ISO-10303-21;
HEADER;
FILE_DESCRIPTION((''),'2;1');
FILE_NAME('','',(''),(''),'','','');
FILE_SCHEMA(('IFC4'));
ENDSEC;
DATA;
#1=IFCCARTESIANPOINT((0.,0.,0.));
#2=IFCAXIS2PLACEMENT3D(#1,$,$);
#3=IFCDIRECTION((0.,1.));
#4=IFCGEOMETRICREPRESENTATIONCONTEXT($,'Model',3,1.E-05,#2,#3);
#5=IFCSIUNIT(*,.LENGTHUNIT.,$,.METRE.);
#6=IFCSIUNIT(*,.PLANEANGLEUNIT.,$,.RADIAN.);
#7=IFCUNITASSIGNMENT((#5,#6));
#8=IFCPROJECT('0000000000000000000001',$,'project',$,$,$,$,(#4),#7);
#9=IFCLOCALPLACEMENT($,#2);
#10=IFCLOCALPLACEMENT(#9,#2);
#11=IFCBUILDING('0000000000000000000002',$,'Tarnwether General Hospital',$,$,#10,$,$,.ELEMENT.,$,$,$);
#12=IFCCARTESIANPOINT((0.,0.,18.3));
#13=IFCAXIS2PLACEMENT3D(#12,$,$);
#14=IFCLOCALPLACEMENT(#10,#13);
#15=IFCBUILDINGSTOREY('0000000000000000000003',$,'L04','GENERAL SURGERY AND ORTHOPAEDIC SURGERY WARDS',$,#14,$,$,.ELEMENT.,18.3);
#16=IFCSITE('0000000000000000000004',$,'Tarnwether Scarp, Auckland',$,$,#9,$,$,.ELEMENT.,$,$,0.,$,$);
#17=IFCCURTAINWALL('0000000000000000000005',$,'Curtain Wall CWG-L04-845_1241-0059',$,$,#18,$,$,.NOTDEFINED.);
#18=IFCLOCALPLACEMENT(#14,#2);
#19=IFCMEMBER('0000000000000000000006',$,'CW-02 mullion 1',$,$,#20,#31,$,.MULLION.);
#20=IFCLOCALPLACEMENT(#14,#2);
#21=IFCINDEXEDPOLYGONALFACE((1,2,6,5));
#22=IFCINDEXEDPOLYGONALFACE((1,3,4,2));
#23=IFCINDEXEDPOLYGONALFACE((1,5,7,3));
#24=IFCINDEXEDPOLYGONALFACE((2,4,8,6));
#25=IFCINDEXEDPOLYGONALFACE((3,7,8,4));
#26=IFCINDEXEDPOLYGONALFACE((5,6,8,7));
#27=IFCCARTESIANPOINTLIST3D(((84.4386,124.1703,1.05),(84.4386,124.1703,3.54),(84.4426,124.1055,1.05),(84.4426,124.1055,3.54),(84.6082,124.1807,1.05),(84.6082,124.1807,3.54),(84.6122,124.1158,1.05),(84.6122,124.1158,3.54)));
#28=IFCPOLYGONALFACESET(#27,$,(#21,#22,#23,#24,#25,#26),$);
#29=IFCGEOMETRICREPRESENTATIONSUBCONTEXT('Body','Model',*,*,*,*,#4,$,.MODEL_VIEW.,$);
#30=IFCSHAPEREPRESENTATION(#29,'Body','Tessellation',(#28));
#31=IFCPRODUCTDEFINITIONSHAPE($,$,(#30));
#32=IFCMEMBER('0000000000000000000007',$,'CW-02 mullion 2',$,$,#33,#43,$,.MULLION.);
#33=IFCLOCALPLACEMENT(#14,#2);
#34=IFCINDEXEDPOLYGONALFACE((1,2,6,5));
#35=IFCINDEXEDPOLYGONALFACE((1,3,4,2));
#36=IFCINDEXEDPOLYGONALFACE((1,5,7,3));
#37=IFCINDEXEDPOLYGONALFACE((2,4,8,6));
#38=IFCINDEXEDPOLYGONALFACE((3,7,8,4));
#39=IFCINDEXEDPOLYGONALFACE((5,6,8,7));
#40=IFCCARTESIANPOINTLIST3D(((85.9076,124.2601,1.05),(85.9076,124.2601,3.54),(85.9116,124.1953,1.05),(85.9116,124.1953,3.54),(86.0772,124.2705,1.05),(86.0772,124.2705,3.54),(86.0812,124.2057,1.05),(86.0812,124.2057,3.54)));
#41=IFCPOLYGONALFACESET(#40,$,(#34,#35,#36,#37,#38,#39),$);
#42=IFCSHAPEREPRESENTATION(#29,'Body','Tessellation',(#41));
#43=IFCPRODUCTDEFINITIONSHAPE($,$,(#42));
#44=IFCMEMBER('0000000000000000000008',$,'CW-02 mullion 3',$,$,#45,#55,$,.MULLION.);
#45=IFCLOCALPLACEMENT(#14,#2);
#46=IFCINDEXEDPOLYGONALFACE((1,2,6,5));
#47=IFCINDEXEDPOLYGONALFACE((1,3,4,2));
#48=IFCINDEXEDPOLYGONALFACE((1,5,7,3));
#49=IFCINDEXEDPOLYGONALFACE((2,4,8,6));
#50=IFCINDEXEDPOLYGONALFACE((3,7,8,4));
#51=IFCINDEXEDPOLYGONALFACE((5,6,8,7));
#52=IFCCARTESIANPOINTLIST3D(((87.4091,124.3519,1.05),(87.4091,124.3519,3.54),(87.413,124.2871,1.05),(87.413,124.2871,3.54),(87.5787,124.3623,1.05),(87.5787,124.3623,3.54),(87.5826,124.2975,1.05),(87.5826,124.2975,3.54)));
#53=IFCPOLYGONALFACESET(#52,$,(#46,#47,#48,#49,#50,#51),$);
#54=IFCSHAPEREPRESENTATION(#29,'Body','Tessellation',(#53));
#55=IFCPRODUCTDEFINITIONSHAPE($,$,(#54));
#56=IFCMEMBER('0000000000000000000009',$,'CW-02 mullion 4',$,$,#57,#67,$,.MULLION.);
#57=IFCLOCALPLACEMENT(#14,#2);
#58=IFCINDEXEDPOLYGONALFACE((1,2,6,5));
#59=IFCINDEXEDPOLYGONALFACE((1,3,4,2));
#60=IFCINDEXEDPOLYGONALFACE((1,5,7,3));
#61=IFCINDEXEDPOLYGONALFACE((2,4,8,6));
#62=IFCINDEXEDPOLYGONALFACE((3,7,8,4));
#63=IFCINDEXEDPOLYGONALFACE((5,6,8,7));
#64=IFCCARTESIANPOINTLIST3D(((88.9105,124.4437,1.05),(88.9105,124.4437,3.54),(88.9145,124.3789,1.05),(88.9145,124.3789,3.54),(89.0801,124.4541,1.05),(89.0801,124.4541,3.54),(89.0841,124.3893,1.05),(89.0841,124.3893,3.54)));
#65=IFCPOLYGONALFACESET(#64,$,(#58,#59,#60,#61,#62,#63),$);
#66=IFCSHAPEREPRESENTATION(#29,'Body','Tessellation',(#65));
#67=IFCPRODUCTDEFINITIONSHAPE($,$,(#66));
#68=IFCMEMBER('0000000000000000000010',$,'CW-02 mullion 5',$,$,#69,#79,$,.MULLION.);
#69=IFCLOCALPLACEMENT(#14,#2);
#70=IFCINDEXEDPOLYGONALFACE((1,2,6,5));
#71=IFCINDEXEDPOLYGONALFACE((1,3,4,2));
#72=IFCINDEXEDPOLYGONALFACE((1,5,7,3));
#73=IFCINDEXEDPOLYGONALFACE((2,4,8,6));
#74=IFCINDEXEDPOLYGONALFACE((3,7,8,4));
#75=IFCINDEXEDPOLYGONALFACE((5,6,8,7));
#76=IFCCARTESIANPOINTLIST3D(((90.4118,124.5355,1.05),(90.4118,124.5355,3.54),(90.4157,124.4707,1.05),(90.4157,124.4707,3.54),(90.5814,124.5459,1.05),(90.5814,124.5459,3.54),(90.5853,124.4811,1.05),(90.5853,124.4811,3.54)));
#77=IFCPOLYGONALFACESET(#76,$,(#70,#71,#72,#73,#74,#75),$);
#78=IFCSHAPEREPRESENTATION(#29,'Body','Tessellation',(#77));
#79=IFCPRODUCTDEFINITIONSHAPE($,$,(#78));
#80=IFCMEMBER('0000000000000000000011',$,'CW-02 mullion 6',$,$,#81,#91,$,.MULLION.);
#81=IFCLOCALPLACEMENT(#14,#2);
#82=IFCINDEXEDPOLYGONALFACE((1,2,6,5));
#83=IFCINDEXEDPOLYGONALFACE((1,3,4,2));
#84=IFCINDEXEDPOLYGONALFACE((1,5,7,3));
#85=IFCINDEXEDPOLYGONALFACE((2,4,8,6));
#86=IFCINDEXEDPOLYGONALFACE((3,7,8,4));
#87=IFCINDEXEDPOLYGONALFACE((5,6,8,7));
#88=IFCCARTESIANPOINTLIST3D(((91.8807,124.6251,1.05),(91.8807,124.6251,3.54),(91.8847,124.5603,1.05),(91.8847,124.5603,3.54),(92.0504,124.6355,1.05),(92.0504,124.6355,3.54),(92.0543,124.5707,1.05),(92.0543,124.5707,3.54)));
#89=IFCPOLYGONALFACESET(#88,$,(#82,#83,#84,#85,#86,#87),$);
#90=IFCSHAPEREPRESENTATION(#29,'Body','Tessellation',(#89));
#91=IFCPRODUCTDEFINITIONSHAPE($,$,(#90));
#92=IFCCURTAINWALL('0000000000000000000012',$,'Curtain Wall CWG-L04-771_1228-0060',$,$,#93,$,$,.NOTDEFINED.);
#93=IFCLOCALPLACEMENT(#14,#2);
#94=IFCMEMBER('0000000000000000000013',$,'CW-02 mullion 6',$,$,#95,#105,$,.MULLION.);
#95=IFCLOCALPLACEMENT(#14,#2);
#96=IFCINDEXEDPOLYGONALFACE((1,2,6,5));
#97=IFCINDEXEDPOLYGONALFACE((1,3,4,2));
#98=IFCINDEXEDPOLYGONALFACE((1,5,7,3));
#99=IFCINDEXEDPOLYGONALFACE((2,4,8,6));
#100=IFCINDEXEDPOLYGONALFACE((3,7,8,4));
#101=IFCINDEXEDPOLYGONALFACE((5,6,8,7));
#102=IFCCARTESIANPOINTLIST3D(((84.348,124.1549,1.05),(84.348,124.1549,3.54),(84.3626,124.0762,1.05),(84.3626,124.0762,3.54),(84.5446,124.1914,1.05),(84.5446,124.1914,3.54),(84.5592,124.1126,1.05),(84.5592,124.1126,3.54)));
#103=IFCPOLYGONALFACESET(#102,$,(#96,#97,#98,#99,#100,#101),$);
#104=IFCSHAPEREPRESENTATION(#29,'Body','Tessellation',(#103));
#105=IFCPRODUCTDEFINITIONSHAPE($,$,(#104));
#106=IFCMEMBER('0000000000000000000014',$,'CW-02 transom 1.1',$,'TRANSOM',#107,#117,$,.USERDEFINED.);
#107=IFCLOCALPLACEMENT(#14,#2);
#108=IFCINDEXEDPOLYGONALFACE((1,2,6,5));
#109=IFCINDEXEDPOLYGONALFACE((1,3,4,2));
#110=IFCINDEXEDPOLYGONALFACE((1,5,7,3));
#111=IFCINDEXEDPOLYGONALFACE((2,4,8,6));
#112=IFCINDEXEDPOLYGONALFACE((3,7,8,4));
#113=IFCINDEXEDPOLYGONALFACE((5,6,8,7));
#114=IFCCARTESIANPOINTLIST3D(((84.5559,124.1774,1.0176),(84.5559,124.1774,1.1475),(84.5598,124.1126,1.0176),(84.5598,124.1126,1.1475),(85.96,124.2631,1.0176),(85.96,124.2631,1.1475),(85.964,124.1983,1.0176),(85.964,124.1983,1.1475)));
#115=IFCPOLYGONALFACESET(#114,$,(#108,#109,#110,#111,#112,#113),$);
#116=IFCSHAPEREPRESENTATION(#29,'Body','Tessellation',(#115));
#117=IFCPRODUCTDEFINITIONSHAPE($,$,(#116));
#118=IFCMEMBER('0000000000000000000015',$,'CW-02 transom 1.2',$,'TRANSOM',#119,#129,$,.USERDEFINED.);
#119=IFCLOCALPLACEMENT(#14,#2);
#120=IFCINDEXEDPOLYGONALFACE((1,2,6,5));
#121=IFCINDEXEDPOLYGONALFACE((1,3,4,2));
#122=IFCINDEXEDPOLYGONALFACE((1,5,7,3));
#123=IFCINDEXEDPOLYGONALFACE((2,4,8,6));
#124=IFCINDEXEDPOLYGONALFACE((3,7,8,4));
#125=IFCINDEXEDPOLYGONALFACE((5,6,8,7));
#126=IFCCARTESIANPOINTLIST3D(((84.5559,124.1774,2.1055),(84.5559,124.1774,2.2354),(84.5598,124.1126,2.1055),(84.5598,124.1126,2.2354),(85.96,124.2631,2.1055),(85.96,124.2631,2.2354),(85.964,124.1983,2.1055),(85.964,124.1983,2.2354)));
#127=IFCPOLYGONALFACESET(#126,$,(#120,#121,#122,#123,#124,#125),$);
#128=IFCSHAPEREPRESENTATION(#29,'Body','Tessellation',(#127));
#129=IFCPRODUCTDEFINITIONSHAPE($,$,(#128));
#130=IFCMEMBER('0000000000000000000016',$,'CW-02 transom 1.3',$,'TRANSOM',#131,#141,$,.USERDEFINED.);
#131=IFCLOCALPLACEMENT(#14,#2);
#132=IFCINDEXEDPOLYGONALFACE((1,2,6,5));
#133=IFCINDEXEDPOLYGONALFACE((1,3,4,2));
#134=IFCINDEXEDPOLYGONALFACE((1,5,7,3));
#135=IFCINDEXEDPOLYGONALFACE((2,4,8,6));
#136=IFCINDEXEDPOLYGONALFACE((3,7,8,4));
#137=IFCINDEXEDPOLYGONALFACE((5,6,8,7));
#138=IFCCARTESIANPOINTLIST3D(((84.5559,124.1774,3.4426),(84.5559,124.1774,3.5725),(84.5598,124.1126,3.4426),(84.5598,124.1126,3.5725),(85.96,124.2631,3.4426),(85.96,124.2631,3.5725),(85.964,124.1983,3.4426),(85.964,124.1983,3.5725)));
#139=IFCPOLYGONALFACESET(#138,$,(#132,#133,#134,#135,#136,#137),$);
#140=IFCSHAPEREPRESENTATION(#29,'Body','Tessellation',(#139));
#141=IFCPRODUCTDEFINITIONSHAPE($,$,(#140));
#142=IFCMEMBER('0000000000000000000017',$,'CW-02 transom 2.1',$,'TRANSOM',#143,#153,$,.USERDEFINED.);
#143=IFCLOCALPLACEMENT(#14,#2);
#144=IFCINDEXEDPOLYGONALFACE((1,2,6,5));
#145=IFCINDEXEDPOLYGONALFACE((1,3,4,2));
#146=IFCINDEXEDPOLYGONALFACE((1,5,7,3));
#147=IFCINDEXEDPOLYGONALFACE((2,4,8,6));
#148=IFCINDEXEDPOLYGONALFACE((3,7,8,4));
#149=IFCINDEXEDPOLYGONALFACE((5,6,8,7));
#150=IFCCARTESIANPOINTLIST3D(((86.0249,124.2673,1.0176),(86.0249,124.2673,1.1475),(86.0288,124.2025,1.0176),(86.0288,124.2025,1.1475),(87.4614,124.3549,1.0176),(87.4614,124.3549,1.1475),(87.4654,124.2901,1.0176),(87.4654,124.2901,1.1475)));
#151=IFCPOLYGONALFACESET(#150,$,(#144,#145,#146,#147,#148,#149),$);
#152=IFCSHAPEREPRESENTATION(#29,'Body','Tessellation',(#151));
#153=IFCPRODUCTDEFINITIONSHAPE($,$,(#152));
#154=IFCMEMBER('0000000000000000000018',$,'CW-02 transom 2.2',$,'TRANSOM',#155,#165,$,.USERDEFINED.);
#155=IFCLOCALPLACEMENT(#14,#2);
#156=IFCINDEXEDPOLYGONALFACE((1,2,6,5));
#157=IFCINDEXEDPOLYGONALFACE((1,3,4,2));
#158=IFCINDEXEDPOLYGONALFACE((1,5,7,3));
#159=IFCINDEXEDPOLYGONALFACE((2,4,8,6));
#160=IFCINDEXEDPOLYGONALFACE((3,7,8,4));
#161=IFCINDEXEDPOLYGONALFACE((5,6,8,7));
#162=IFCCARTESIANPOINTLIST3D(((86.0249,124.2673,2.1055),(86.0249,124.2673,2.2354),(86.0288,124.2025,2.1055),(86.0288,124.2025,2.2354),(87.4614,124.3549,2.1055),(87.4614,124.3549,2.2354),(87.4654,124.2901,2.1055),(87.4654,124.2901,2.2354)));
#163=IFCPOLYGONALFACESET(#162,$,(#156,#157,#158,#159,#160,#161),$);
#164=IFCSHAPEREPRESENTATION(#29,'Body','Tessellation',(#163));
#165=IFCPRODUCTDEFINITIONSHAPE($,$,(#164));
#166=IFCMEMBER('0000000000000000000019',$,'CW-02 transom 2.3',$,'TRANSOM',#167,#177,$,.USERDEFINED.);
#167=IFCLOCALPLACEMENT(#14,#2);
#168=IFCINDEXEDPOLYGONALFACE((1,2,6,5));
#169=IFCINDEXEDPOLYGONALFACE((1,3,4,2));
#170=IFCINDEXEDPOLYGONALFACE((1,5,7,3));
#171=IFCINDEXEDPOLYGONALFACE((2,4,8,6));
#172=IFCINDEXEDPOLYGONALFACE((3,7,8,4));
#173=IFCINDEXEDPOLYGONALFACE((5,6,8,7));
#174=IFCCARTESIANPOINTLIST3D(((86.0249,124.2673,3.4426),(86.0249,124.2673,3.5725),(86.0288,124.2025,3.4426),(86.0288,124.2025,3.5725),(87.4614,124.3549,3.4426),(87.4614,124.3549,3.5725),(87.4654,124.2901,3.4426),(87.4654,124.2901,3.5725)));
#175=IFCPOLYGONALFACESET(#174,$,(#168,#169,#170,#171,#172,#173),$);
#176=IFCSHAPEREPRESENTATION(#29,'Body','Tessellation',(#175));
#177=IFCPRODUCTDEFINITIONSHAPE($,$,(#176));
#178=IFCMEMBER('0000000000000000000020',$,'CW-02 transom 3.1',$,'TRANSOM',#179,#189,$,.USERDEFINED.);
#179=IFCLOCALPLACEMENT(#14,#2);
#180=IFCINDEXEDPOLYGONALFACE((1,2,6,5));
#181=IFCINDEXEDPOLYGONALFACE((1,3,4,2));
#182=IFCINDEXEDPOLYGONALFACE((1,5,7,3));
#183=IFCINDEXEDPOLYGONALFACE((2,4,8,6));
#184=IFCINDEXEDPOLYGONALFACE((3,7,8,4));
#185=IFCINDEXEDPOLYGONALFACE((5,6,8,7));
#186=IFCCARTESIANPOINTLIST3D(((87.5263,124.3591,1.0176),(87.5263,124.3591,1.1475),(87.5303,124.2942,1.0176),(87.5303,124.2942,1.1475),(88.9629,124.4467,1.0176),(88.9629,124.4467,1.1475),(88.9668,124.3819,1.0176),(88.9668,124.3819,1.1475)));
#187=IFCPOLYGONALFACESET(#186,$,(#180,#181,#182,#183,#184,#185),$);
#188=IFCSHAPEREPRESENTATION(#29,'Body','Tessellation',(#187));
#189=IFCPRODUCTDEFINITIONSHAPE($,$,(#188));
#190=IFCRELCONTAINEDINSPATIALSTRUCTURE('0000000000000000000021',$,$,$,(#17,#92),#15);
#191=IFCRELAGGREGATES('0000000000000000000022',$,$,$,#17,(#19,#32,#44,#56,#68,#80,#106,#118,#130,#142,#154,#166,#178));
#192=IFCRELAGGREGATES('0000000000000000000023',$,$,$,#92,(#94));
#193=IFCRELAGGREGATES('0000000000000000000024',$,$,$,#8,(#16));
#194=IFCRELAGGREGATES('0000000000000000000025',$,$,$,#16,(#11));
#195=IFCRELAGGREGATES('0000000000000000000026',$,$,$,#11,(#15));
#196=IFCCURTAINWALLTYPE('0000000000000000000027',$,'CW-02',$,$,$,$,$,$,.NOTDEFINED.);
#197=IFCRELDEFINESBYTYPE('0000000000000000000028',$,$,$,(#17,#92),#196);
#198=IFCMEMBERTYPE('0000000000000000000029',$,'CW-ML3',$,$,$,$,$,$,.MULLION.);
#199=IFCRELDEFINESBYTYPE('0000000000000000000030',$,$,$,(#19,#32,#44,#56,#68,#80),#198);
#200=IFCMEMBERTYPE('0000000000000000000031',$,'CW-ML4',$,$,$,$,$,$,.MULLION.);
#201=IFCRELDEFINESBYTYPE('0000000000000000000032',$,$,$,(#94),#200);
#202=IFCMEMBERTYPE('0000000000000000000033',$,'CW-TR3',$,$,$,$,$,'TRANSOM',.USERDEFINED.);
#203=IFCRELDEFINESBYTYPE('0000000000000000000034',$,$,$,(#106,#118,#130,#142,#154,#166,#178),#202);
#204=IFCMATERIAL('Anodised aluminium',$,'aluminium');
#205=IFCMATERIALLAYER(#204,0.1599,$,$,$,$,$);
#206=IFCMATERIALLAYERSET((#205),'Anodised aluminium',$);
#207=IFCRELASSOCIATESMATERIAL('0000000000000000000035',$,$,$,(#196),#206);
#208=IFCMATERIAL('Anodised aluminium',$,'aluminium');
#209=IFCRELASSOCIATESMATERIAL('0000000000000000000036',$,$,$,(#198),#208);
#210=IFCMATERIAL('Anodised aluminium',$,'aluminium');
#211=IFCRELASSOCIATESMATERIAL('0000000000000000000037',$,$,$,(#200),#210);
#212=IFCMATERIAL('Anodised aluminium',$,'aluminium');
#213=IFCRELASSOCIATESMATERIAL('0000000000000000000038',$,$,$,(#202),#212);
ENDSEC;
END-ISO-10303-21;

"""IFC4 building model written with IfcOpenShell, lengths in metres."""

from ifc_helpers import new_model, si_unit, direction, frame, origin, origin_2d, place, context, subcontext, project, spatial, rectangle, extrude, material, layer, layer_set, material_profile, profile_set, type_object, element, aggregate, save


model = new_model("IFC4")

# Units and contexts
model_context = context("Model", 3, precision=1e-05, world=origin(), true_north=direction((0.0, 1.0)))
body_context = subcontext(model_context, "Body", "Model", "MODEL_VIEW")
ifc_project = project(units=[si_unit("LENGTHUNIT", "METRE"), si_unit("PLANEANGLEUNIT", "RADIAN")], contexts=[model_context])

# Site, building, storey
site_placement = place(None, origin())
site = spatial("IfcSite", under=ifc_project, at=site_placement, Name="Tarnwether Scarp, Auckland", CompositionType="ELEMENT", RefElevation=0.0)
building_placement = place(site_placement, origin())
building = spatial("IfcBuilding", under=site, at=building_placement, Name="Tarnwether General Hospital", CompositionType="ELEMENT")
storey_placement = place(building_placement, frame((0.0, 0.0, 18.3)))
storey = spatial("IfcBuildingStorey", under=building, at=storey_placement, Name="L04", Description="GENERAL SURGERY AND ORTHOPAEDIC SURGERY WARDS", CompositionType="ELEMENT", Elevation=18.3)

# Curtain wall, members
ifc_material_1 = material(Name="Anodised aluminium", Category="aluminium")
ifc_layer_1 = layer(ifc_material_1, 0.1599)
ifc_layer_set_1 = layer_set([ifc_layer_1], Name="Anodised aluminium")
curtain_wall_type = type_object("IfcCurtainWallType", Name="CW-02", PredefinedType="NOTDEFINED", material=ifc_layer_set_1)
curtain_wall_1_placement = place(storey_placement, origin())
curtain_wall_1 = element("IfcCurtainWall", 1, at=curtain_wall_1_placement, inside=storey, type_object=curtain_wall_type, Name="Curtain Wall CWG-L04-845_1241-0059", PredefinedType="NOTDEFINED")
ifc_material_2 = material(Name="Anodised aluminium", Category="aluminium")
ifc_material_profile_1 = material_profile(ifc_material_2, rectangle(XDim=0.0649, YDim=0.1699, at=origin_2d()), Name="ALU-MUL-65x170")
ifc_profile_set_1 = profile_set([ifc_material_profile_1], Name="Anodised aluminium")
member_type_1 = type_object("IfcMemberType", Name="CW-ML3", PredefinedType="MULLION", material=ifc_profile_set_1)
member_1_placement = place(storey_placement, frame((84.5254, 124.1431, 1.05), z_axis=(0.0, 0.0, 1.0), x_axis=(-0.061029, 0.998136, 0.0)))
member_1 = element("IfcMember", 2, at=member_1_placement, type_object=member_type_1, Name="CW-02 mullion 1", PredefinedType="MULLION", context=body_context, shape_type="SweptSolid", body=[
    extrude(rectangle(XDim=0.0649, YDim=0.1699, at=origin_2d()), origin(), (0.0, 0.0, 1.0), 2.49),
])
member_2_placement = place(storey_placement, frame((85.9944, 124.2329, 1.05), z_axis=(0.0, 0.0, 1.0), x_axis=(-0.061029, 0.998136, 0.0)))
member_2 = element("IfcMember", 3, at=member_2_placement, type_object=member_type_1, Name="CW-02 mullion 2", PredefinedType="MULLION", context=body_context, shape_type="SweptSolid", body=[
    extrude(rectangle(XDim=0.0649, YDim=0.1699, at=origin_2d()), origin(), (0.0, 0.0, 1.0), 2.49),
])
member_3_placement = place(storey_placement, frame((87.4958, 124.3247, 1.05), z_axis=(0.0, 0.0, 1.0), x_axis=(-0.061029, 0.998136, 0.0)))
member_3 = element("IfcMember", 4, at=member_3_placement, type_object=member_type_1, Name="CW-02 mullion 3", PredefinedType="MULLION", context=body_context, shape_type="SweptSolid", body=[
    extrude(rectangle(XDim=0.0649, YDim=0.1699, at=origin_2d()), origin(), (0.0, 0.0, 1.0), 2.49),
])
member_4_placement = place(storey_placement, frame((88.9973, 124.4165, 1.05), z_axis=(0.0, 0.0, 1.0), x_axis=(-0.061029, 0.998136, 0.0)))
member_4 = element("IfcMember", 5, at=member_4_placement, type_object=member_type_1, Name="CW-02 mullion 4", PredefinedType="MULLION", context=body_context, shape_type="SweptSolid", body=[
    extrude(rectangle(XDim=0.0649, YDim=0.1699, at=origin_2d()), origin(), (0.0, 0.0, 1.0), 2.49),
])
member_5_placement = place(storey_placement, frame((90.4985, 124.5083, 1.05), z_axis=(0.0, 0.0, 1.0), x_axis=(-0.061029, 0.998136, 0.0)))
member_5 = element("IfcMember", 6, at=member_5_placement, type_object=member_type_1, Name="CW-02 mullion 5", PredefinedType="MULLION", context=body_context, shape_type="SweptSolid", body=[
    extrude(rectangle(XDim=0.0649, YDim=0.1699, at=origin_2d()), origin(), (0.0, 0.0, 1.0), 2.49),
])
member_6_placement = place(storey_placement, frame((91.9675, 124.5979, 1.05), z_axis=(0.0, 0.0, 1.0), x_axis=(-0.061029, 0.998136, 0.0)))
member_6 = element("IfcMember", 7, at=member_6_placement, type_object=member_type_1, Name="CW-02 mullion 6", PredefinedType="MULLION", context=body_context, shape_type="SweptSolid", body=[
    extrude(rectangle(XDim=0.0649, YDim=0.1699, at=origin_2d()), origin(), (0.0, 0.0, 1.0), 2.49),
])

# Curtain wall, member
curtain_wall_2_placement = place(storey_placement, origin())
curtain_wall_2 = element("IfcCurtainWall", 8, at=curtain_wall_2_placement, inside=storey, type_object=curtain_wall_type, Name="Curtain Wall CWG-L04-771_1228-0060", PredefinedType="NOTDEFINED")
ifc_material_3 = material(Name="Anodised aluminium", Category="aluminium")
ifc_material_profile_2 = material_profile(ifc_material_3, rectangle(XDim=0.0801, YDim=0.2, at=origin_2d()), Name="ALU-MUL-80x200")
ifc_profile_set_2 = profile_set([ifc_material_profile_2], Name="Anodised aluminium")
member_type_2 = type_object("IfcMemberType", Name="CW-ML4", PredefinedType="MULLION", material=ifc_profile_set_2)
member_7_placement = place(storey_placement, frame((84.4536, 124.1338, 1.05), z_axis=(0.0, 0.0, 1.0), x_axis=(-0.182289, 0.983245, 0.0)))
member_7 = element("IfcMember", 9, at=member_7_placement, type_object=member_type_2, Name="CW-02 mullion 6", PredefinedType="MULLION", context=body_context, shape_type="SweptSolid", body=[
    extrude(rectangle(XDim=0.0801, YDim=0.2, at=origin_2d()), origin(), (0.0, 0.0, 1.0), 2.49),
])

# Members
ifc_material_4 = material(Name="Anodised aluminium", Category="aluminium")
ifc_material_profile_3 = material_profile(ifc_material_4, rectangle(XDim=0.0649, YDim=0.1299, at=origin_2d()), Name="ALU-TRN-65x130")
ifc_profile_set_3 = profile_set([ifc_material_profile_3], Name="Anodised aluminium")
member_type_3 = type_object("IfcMemberType", Name="CW-TR3", ElementType="TRANSOM", PredefinedType="USERDEFINED", material=ifc_profile_set_3)
member_8_placement = place(storey_placement, frame((84.5579, 124.145, 1.0825), z_axis=(0.998143, 0.06092, 0.0), x_axis=(-0.06092, 0.998143, 0.0)))
member_8 = element("IfcMember", 10, at=member_8_placement, type_object=member_type_3, Name="CW-02 transom 1.1", ObjectType="TRANSOM", PredefinedType="USERDEFINED", context=body_context, shape_type="SweptSolid", body=[
    extrude(rectangle(XDim=0.0649, YDim=0.1299, at=origin_2d()), origin(), (0.0, 0.0, 1.0), 1.4067),
])
member_9_placement = place(storey_placement, frame((84.5579, 124.145, 2.1704), z_axis=(0.998143, 0.06092, 0.0), x_axis=(-0.06092, 0.998143, 0.0)))
member_9 = element("IfcMember", 11, at=member_9_placement, type_object=member_type_3, Name="CW-02 transom 1.2", ObjectType="TRANSOM", PredefinedType="USERDEFINED", context=body_context, shape_type="SweptSolid", body=[
    extrude(rectangle(XDim=0.0649, YDim=0.1299, at=origin_2d()), origin(), (0.0, 0.0, 1.0), 1.4067),
])
member_10_placement = place(storey_placement, frame((84.5579, 124.145, 3.5076), z_axis=(0.998143, 0.06092, 0.0), x_axis=(-0.06092, 0.998143, 0.0)))
member_10 = element("IfcMember", 12, at=member_10_placement, type_object=member_type_3, Name="CW-02 transom 1.3", ObjectType="TRANSOM", PredefinedType="USERDEFINED", context=body_context, shape_type="SweptSolid", body=[
    extrude(rectangle(XDim=0.0649, YDim=0.1299, at=origin_2d()), origin(), (0.0, 0.0, 1.0), 1.4067),
])
member_11_placement = place(storey_placement, frame((86.0269, 124.2349, 1.0825), z_axis=(0.998144, 0.0609, 0.0), x_axis=(-0.0609, 0.998144, 0.0)))
member_11 = element("IfcMember", 13, at=member_11_placement, type_object=member_type_3, Name="CW-02 transom 2.1", ObjectType="TRANSOM", PredefinedType="USERDEFINED", context=body_context, shape_type="SweptSolid", body=[
    extrude(rectangle(XDim=0.0649, YDim=0.1299, at=origin_2d()), origin(), (0.0, 0.0, 1.0), 1.4392),
])
member_12_placement = place(storey_placement, frame((86.0269, 124.2349, 2.1704), z_axis=(0.998144, 0.0609, 0.0), x_axis=(-0.0609, 0.998144, 0.0)))
member_12 = element("IfcMember", 14, at=member_12_placement, type_object=member_type_3, Name="CW-02 transom 2.2", ObjectType="TRANSOM", PredefinedType="USERDEFINED", context=body_context, shape_type="SweptSolid", body=[
    extrude(rectangle(XDim=0.0649, YDim=0.1299, at=origin_2d()), origin(), (0.0, 0.0, 1.0), 1.4392),
])
member_13_placement = place(storey_placement, frame((86.0269, 124.2349, 3.5076), z_axis=(0.998144, 0.0609, 0.0), x_axis=(-0.0609, 0.998144, 0.0)))
member_13 = element("IfcMember", 15, at=member_13_placement, type_object=member_type_3, Name="CW-02 transom 2.3", ObjectType="TRANSOM", PredefinedType="USERDEFINED", context=body_context, shape_type="SweptSolid", body=[
    extrude(rectangle(XDim=0.0649, YDim=0.1299, at=origin_2d()), origin(), (0.0, 0.0, 1.0), 1.4392),
])
member_14_placement = place(storey_placement, frame((87.5283, 124.3267, 1.0825), z_axis=(0.998144, 0.0609, 0.0), x_axis=(-0.0609, 0.998144, 0.0)))
member_14 = element("IfcMember", 16, at=member_14_placement, type_object=member_type_3, Name="CW-02 transom 3.1", ObjectType="TRANSOM", PredefinedType="USERDEFINED", context=body_context, shape_type="SweptSolid", body=[
    extrude(rectangle(XDim=0.0649, YDim=0.1299, at=origin_2d()), origin(), (0.0, 0.0, 1.0), 1.4392),
])

aggregate(curtain_wall_1, [member_1, member_2, member_3, member_4, member_5, member_6, member_8, member_9, member_10, member_11, member_12, member_13, member_14])
aggregate(curtain_wall_2, [member_7])

save(model, "model.ifc")
